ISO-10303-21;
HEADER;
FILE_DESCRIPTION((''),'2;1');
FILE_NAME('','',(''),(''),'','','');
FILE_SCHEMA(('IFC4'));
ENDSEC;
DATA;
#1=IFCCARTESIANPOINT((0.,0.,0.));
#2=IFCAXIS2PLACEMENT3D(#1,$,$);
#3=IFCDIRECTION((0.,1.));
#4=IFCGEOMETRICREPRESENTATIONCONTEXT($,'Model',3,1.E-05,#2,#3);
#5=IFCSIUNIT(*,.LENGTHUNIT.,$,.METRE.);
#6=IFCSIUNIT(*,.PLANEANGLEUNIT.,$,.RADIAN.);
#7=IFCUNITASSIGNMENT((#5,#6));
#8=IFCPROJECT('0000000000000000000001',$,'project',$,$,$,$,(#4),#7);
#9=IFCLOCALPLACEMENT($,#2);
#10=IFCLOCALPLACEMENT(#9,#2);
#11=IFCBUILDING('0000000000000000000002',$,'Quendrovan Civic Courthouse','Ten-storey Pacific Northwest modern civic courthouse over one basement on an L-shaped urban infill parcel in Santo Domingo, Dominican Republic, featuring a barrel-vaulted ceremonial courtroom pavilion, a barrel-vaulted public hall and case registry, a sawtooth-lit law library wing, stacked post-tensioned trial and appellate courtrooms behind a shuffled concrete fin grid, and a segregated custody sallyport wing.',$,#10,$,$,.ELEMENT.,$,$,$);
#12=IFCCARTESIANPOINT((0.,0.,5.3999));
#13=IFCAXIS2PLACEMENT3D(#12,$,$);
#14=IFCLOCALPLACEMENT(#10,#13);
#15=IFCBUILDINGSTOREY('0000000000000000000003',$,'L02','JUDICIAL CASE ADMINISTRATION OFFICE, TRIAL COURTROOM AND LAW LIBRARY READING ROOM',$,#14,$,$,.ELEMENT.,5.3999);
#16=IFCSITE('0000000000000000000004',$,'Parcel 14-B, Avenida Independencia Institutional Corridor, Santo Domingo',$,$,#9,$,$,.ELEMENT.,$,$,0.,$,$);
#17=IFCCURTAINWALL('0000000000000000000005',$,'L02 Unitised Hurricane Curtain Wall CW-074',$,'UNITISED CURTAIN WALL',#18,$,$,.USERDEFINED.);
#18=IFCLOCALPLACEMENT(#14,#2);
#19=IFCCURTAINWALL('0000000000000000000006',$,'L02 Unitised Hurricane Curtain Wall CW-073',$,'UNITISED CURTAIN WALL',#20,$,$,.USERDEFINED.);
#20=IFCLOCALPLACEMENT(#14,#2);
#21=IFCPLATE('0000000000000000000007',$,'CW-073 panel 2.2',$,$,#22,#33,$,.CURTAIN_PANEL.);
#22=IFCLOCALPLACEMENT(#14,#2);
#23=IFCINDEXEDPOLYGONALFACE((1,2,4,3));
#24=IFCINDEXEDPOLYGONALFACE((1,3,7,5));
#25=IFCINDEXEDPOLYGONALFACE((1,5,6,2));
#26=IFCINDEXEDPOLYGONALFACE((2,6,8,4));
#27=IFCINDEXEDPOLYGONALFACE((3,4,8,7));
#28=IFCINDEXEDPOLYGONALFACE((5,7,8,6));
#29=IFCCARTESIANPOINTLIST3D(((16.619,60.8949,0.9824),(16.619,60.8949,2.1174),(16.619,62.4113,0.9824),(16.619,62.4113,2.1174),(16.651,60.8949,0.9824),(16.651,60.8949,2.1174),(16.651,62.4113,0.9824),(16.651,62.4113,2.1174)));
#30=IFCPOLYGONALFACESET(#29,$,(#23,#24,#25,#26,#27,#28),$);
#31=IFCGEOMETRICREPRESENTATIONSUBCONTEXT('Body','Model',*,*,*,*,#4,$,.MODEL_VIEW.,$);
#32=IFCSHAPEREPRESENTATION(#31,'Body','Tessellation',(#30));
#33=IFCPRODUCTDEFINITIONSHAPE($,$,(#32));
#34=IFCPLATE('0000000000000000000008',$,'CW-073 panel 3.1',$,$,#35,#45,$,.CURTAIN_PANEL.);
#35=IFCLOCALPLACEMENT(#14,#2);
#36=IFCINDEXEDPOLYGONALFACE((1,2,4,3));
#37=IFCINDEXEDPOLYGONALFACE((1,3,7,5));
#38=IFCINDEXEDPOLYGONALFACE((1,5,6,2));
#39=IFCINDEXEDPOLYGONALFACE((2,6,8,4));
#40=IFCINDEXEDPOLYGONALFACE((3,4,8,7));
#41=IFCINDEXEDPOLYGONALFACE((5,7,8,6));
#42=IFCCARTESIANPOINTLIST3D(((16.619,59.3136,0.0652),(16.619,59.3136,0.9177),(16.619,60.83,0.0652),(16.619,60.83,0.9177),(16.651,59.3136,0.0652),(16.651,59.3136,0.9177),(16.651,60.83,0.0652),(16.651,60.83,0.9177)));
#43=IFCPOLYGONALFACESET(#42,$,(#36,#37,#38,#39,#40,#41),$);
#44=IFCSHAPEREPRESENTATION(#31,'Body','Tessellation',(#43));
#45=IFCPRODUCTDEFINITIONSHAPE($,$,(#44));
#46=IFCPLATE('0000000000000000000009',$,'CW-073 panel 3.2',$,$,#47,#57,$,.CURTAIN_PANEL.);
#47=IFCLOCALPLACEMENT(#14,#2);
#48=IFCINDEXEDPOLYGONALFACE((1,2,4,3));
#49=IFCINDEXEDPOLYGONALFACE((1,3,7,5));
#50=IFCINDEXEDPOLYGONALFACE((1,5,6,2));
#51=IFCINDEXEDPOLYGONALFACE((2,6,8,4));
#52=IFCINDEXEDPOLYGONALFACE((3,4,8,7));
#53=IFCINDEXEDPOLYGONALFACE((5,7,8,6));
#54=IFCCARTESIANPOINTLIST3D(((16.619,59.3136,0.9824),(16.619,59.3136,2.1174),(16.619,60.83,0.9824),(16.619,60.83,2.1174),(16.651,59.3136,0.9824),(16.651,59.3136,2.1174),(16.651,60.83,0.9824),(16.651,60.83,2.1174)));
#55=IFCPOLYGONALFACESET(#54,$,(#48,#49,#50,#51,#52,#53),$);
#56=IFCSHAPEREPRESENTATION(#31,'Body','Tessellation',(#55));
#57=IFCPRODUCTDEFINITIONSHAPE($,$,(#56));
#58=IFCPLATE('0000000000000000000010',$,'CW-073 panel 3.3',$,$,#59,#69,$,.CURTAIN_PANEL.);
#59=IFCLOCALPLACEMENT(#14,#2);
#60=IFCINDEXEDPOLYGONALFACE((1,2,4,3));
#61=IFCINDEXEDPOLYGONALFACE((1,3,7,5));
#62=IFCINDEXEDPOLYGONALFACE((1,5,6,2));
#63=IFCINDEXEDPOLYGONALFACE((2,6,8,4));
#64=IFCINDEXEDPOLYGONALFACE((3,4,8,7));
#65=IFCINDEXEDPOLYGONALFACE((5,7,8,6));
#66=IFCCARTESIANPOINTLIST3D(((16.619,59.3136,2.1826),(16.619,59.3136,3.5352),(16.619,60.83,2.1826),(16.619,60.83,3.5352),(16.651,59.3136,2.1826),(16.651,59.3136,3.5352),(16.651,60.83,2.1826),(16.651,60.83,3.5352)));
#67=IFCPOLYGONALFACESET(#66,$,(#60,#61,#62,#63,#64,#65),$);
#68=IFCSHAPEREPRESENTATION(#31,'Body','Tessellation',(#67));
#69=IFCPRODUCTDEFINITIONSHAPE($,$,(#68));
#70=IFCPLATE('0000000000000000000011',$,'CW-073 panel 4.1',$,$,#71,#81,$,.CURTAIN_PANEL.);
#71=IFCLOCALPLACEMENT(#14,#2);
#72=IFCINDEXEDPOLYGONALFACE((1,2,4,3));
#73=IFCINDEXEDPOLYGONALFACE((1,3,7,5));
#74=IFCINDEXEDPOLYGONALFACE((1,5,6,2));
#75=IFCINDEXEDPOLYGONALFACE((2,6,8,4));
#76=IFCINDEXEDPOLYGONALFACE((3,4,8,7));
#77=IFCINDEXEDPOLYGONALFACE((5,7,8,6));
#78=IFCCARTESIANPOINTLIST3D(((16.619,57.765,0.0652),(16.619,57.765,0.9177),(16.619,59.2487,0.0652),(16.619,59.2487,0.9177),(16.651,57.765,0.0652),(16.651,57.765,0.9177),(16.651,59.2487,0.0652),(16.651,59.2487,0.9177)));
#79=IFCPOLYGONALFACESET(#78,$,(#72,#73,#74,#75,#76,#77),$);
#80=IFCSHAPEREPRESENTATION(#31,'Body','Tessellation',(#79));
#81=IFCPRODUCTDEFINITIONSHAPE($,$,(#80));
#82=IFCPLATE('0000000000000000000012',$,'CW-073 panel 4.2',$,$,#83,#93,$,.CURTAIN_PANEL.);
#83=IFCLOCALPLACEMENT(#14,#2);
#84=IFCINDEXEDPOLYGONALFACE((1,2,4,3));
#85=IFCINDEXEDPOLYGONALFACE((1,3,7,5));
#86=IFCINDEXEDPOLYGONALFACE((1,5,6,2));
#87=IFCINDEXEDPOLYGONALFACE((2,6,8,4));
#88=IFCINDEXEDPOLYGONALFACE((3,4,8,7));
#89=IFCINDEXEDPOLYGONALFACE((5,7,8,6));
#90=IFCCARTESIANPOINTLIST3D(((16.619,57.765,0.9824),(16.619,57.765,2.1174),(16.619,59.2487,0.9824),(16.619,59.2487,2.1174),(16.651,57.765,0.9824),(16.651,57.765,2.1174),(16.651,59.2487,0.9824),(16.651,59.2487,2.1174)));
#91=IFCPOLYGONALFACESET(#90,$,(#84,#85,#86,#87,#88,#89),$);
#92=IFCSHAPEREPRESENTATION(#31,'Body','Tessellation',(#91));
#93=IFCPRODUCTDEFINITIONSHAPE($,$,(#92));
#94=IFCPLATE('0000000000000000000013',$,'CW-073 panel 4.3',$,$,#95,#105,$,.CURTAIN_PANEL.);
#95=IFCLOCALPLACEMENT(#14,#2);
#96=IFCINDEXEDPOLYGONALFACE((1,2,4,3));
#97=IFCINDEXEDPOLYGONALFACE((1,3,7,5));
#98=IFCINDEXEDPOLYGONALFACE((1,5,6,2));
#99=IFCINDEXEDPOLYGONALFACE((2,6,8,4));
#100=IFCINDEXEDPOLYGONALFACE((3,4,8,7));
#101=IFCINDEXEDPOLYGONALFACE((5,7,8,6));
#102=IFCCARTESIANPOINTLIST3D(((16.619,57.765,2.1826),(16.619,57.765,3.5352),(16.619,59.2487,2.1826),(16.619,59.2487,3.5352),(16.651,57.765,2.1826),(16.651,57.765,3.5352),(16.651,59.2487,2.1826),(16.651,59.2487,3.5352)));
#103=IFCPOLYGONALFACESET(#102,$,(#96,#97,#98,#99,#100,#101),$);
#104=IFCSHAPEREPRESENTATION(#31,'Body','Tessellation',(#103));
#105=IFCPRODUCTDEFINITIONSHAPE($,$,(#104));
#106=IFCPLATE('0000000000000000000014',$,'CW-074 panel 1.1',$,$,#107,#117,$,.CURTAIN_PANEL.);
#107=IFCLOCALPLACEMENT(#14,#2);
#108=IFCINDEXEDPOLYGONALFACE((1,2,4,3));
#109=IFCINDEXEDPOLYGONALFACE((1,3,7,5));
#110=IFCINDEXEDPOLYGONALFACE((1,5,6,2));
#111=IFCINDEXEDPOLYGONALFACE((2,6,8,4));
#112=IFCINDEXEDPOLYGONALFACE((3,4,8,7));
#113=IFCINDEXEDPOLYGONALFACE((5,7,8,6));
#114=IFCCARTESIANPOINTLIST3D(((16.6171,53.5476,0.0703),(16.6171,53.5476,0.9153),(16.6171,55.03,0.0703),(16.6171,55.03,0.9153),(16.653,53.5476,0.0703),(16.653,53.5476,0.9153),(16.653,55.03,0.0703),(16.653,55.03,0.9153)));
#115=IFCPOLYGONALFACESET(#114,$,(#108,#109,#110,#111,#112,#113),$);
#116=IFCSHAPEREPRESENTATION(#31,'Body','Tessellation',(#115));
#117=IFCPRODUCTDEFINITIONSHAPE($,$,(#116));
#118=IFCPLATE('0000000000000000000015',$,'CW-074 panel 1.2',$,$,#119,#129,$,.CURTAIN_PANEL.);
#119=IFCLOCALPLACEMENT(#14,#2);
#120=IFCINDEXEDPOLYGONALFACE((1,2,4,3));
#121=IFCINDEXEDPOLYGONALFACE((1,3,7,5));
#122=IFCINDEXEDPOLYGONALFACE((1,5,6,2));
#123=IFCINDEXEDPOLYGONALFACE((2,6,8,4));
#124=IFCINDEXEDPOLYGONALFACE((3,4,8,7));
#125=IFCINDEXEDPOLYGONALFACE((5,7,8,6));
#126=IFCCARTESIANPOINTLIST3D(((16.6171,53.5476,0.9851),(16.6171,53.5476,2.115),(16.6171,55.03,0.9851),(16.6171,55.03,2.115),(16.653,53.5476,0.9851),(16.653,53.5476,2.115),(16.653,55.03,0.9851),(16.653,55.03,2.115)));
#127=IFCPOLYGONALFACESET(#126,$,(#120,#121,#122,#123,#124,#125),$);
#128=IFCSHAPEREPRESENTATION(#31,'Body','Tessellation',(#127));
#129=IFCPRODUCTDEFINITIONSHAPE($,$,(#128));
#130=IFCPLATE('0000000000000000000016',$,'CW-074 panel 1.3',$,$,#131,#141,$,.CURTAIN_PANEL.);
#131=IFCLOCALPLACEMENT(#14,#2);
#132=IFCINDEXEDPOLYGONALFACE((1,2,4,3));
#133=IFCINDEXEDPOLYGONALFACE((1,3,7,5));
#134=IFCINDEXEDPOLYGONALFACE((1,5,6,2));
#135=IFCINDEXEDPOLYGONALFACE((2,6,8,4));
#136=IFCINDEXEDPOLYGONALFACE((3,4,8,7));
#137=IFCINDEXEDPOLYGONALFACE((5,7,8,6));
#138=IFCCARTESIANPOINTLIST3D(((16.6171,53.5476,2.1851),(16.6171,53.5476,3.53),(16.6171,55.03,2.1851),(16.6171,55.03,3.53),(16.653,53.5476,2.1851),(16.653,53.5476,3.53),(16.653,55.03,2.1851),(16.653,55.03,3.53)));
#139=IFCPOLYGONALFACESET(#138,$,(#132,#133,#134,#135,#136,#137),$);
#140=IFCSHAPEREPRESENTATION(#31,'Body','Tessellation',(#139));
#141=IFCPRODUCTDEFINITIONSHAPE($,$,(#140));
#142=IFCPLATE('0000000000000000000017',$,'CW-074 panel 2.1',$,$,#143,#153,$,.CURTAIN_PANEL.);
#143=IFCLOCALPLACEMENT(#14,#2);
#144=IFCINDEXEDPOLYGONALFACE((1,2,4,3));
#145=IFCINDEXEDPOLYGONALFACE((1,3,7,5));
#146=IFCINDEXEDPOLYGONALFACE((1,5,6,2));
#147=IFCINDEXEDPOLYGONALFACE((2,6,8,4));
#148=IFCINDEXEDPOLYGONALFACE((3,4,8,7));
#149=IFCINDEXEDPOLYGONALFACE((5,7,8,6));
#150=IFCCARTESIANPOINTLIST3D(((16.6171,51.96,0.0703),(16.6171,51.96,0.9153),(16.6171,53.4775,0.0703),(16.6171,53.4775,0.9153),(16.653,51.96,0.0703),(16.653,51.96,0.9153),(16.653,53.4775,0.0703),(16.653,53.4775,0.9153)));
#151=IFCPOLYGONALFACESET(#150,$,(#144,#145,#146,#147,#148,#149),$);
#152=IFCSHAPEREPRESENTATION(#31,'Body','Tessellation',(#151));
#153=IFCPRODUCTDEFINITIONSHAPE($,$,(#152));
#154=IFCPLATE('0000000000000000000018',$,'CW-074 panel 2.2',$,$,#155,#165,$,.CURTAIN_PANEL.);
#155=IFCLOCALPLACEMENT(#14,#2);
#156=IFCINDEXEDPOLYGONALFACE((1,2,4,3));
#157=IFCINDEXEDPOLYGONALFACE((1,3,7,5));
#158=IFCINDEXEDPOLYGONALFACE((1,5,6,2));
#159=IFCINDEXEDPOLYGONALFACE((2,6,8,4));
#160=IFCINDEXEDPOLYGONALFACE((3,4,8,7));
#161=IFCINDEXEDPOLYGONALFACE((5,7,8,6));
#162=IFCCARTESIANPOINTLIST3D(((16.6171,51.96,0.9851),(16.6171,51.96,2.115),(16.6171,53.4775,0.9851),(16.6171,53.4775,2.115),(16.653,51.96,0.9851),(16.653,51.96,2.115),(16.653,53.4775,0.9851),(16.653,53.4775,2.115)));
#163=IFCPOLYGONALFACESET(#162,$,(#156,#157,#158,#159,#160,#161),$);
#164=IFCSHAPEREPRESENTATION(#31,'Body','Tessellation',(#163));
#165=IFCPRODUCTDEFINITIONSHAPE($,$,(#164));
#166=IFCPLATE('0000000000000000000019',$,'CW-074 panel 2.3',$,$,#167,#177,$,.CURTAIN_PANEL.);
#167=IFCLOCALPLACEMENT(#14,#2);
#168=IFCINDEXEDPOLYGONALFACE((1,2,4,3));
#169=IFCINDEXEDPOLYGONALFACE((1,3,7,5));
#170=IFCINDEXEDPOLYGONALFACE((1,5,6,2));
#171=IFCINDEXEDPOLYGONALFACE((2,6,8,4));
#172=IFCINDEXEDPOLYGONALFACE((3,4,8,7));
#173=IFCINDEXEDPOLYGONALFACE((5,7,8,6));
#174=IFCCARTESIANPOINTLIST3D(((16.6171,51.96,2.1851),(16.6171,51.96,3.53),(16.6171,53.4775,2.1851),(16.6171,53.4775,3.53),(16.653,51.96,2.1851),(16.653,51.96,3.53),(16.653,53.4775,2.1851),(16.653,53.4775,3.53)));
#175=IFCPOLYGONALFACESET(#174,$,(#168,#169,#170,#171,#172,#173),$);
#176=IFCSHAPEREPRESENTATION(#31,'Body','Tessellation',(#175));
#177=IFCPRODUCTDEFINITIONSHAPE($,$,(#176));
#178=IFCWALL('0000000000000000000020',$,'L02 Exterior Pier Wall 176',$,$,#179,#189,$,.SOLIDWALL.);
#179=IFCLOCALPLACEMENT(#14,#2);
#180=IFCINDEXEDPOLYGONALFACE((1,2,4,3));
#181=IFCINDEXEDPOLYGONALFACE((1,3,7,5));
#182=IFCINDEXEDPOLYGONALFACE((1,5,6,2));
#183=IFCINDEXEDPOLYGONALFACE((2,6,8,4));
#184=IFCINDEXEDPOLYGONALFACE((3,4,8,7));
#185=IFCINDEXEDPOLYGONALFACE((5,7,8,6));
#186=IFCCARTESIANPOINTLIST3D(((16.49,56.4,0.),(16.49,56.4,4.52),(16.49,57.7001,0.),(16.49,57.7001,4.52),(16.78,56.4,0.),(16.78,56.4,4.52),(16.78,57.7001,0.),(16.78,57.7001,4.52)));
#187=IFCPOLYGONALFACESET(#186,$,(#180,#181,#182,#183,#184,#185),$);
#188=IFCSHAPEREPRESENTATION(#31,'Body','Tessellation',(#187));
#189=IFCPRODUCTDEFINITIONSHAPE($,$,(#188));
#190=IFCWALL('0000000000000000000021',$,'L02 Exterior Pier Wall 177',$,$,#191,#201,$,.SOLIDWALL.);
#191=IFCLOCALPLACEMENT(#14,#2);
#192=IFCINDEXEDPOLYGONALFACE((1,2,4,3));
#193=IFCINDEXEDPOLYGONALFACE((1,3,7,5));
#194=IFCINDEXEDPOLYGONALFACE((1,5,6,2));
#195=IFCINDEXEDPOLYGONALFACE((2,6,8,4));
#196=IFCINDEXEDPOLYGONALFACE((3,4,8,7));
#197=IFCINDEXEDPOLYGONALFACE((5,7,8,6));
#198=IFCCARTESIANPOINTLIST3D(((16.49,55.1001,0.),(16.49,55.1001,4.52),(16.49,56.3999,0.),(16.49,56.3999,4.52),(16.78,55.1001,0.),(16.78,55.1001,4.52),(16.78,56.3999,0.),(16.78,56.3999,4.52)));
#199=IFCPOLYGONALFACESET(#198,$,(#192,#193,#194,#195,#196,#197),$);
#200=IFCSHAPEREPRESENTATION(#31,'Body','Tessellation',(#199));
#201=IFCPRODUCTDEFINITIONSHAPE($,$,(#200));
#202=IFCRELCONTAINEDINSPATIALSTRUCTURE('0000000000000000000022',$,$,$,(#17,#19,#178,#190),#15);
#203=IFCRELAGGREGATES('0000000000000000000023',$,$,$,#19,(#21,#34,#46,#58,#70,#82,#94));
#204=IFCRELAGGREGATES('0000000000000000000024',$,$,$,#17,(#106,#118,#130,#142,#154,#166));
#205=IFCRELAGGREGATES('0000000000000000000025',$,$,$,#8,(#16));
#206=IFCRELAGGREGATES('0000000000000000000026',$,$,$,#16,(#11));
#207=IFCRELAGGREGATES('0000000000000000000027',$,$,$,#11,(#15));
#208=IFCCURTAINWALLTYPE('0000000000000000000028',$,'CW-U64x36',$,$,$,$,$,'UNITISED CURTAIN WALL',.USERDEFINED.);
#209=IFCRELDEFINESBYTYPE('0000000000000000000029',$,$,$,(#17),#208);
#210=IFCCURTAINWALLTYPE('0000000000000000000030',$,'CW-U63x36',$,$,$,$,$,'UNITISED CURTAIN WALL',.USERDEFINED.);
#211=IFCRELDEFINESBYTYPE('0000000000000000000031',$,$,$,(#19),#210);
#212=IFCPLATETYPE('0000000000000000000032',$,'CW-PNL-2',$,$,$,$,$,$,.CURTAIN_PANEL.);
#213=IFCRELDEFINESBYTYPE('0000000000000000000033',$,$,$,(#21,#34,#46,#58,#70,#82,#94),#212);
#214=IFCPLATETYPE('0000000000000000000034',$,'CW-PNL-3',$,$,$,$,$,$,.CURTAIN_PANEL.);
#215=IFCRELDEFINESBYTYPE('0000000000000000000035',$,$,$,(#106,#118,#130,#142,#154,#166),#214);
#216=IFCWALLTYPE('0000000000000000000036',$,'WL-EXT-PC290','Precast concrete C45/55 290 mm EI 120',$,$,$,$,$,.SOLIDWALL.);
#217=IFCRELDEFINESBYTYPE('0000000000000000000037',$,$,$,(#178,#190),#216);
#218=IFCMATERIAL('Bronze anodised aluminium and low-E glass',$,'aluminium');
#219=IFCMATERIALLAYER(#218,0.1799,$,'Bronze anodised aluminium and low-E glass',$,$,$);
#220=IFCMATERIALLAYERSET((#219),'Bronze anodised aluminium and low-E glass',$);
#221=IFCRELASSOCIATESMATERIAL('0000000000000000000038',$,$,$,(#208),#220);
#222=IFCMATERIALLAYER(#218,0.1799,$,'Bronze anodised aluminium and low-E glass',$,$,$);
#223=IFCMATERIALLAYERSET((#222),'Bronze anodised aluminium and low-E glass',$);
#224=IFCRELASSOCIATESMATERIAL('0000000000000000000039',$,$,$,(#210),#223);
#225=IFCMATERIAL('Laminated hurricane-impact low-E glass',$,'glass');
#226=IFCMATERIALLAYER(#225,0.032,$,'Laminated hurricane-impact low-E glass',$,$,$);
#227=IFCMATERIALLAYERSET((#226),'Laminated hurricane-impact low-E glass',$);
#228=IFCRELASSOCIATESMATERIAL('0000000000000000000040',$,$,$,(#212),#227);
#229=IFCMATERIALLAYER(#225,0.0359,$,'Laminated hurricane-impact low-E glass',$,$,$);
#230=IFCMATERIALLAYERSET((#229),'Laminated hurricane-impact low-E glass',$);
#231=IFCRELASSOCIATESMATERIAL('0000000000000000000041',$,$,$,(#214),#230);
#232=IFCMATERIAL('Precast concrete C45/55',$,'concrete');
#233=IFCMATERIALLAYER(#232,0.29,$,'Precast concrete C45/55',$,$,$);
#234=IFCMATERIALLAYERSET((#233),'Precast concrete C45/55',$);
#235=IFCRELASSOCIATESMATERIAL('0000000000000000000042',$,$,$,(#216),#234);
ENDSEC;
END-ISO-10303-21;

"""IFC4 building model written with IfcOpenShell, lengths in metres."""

from ifc_helpers import new_model, si_unit, direction, frame, frame_2d, origin, origin_2d, place, context, subcontext, project, spatial, rectangle, extrude, material, layer, layer_set, type_object, element, aggregate, save


model = new_model("IFC4")

# Units and contexts
model_context = context("Model", 3, precision=1e-05, world=origin(), true_north=direction((0.0, 1.0)))
body_context = subcontext(model_context, "Body", "Model", "MODEL_VIEW")
ifc_project = project(units=[si_unit("LENGTHUNIT", "METRE"), si_unit("PLANEANGLEUNIT", "RADIAN")], contexts=[model_context])

# Site, building, storey
site_placement = place(None, origin())
site = spatial("IfcSite", under=ifc_project, at=site_placement, Name="Parcel 14-B, Avenida Independencia Institutional Corridor, Santo Domingo", CompositionType="ELEMENT", RefElevation=0.0)
building_placement = place(site_placement, origin())
building = spatial("IfcBuilding", under=site, at=building_placement, Name="Quendrovan Civic Courthouse", Description="Ten-storey Pacific Northwest modern civic courthouse over one basement on an L-shaped urban infill parcel in Santo Domingo, Dominican Republic, featuring a barrel-vaulted ceremonial courtroom pavilion, a barrel-vaulted public hall and case registry, a sawtooth-lit law library wing, stacked post-tensioned trial and appellate courtrooms behind a shuffled concrete fin grid, and a segregated custody sallyport wing.", CompositionType="ELEMENT")
storey_placement = place(building_placement, frame((0.0, 0.0, 5.3999)))
storey = spatial("IfcBuildingStorey", under=building, at=storey_placement, Name="L02", Description="JUDICIAL CASE ADMINISTRATION OFFICE, TRIAL COURTROOM AND LAW LIBRARY READING ROOM", CompositionType="ELEMENT", Elevation=5.3999)

# Curtain walls
ifc_material_1 = material(Name="Bronze anodised aluminium and low-E glass", Category="aluminium")
ifc_layer_1 = layer(ifc_material_1, 0.1799, Name="Bronze anodised aluminium and low-E glass")
ifc_layer_set_1 = layer_set([ifc_layer_1], Name="Bronze anodised aluminium and low-E glass")
curtain_wall_type_1 = type_object("IfcCurtainWallType", Name="CW-U64x36", ElementType="UNITISED CURTAIN WALL", PredefinedType="USERDEFINED", material=ifc_layer_set_1)
curtain_wall_1_placement = place(storey_placement, origin())
curtain_wall_1 = element("IfcCurtainWall", 1, at=curtain_wall_1_placement, inside=storey, type_object=curtain_wall_type_1, Name="L02 Unitised Hurricane Curtain Wall CW-074", ObjectType="UNITISED CURTAIN WALL", PredefinedType="USERDEFINED")
ifc_layer_2 = layer(ifc_material_1, 0.1799, Name="Bronze anodised aluminium and low-E glass")
ifc_layer_set_2 = layer_set([ifc_layer_2], Name="Bronze anodised aluminium and low-E glass")
curtain_wall_type_2 = type_object("IfcCurtainWallType", Name="CW-U63x36", ElementType="UNITISED CURTAIN WALL", PredefinedType="USERDEFINED", material=ifc_layer_set_2)
curtain_wall_2_placement = place(storey_placement, origin())
curtain_wall_2 = element("IfcCurtainWall", 2, at=curtain_wall_2_placement, inside=storey, type_object=curtain_wall_type_2, Name="L02 Unitised Hurricane Curtain Wall CW-073", ObjectType="UNITISED CURTAIN WALL", PredefinedType="USERDEFINED")

# Plates
ifc_material_2 = material(Name="Laminated hurricane-impact low-E glass", Category="glass")
ifc_layer_3 = layer(ifc_material_2, 0.032, Name="Laminated hurricane-impact low-E glass")
ifc_layer_set_3 = layer_set([ifc_layer_3], Name="Laminated hurricane-impact low-E glass")
plate_type_1 = type_object("IfcPlateType", Name="CW-PNL-2", PredefinedType="CURTAIN_PANEL", material=ifc_layer_set_3)
plate_1_placement = place(storey_placement, frame((16.635, 61.6531, 0.9824), z_axis=(0.0, 0.0, 1.0), x_axis=(0.0, -1.0, 0.0)))
plate_1 = element("IfcPlate", 3, at=plate_1_placement, type_object=plate_type_1, Name="CW-073 panel 2.2", PredefinedType="CURTAIN_PANEL", context=body_context, shape_type="SweptSolid", body=[
    extrude(rectangle(XDim=1.5164, YDim=0.032, at=origin_2d()), origin(), (0.0, 0.0, 1.0), 1.135),
])
plate_2_placement = place(storey_placement, frame((16.635, 60.0718, 0.0652), z_axis=(0.0, 0.0, 1.0), x_axis=(0.0, -1.0, 0.0)))
plate_2 = element("IfcPlate", 4, at=plate_2_placement, type_object=plate_type_1, Name="CW-073 panel 3.1", PredefinedType="CURTAIN_PANEL", context=body_context, shape_type="SweptSolid", body=[
    extrude(rectangle(XDim=1.5164, YDim=0.032, at=origin_2d()), origin(), (0.0, 0.0, 1.0), 0.8525),
])
plate_3_placement = place(storey_placement, frame((16.635, 60.0718, 0.9824), z_axis=(0.0, 0.0, 1.0), x_axis=(0.0, -1.0, 0.0)))
plate_3 = element("IfcPlate", 5, at=plate_3_placement, type_object=plate_type_1, Name="CW-073 panel 3.2", PredefinedType="CURTAIN_PANEL", context=body_context, shape_type="SweptSolid", body=[
    extrude(rectangle(XDim=1.5164, YDim=0.032, at=origin_2d()), origin(), (0.0, 0.0, 1.0), 1.135),
])
plate_4_placement = place(storey_placement, frame((16.635, 60.0718, 2.1826), z_axis=(0.0, 0.0, 1.0), x_axis=(0.0, -1.0, 0.0)))
plate_4 = element("IfcPlate", 6, at=plate_4_placement, type_object=plate_type_1, Name="CW-073 panel 3.3", PredefinedType="CURTAIN_PANEL", context=body_context, shape_type="SweptSolid", body=[
    extrude(rectangle(XDim=1.5164, YDim=0.032, at=origin_2d()), origin(), (0.0, 0.0, 1.0), 1.3525),
])
plate_5_placement = place(storey_placement, frame((16.635, 58.5068, 0.0652), z_axis=(0.0, 0.0, 1.0), x_axis=(0.0, -1.0, 0.0)))
plate_5 = element("IfcPlate", 7, at=plate_5_placement, type_object=plate_type_1, Name="CW-073 panel 4.1", PredefinedType="CURTAIN_PANEL", context=body_context, shape_type="SweptSolid", body=[
    extrude(rectangle(XDim=1.4836, YDim=0.032, at=origin_2d()), origin(), (0.0, 0.0, 1.0), 0.8525),
])
plate_6_placement = place(storey_placement, frame((16.635, 58.5068, 0.9824), z_axis=(0.0, 0.0, 1.0), x_axis=(0.0, -1.0, 0.0)))
plate_6 = element("IfcPlate", 8, at=plate_6_placement, type_object=plate_type_1, Name="CW-073 panel 4.2", PredefinedType="CURTAIN_PANEL", context=body_context, shape_type="SweptSolid", body=[
    extrude(rectangle(XDim=1.4836, YDim=0.032, at=origin_2d()), origin(), (0.0, 0.0, 1.0), 1.135),
])
plate_7_placement = place(storey_placement, frame((16.635, 58.5068, 2.1826), z_axis=(0.0, 0.0, 1.0), x_axis=(0.0, -1.0, 0.0)))
plate_7 = element("IfcPlate", 9, at=plate_7_placement, type_object=plate_type_1, Name="CW-073 panel 4.3", PredefinedType="CURTAIN_PANEL", context=body_context, shape_type="SweptSolid", body=[
    extrude(rectangle(XDim=1.4836, YDim=0.032, at=origin_2d()), origin(), (0.0, 0.0, 1.0), 1.3525),
])
aggregate(curtain_wall_2, [plate_1, plate_2, plate_3, plate_4, plate_5, plate_6, plate_7])
ifc_layer_4 = layer(ifc_material_2, 0.0359, Name="Laminated hurricane-impact low-E glass")
ifc_layer_set_4 = layer_set([ifc_layer_4], Name="Laminated hurricane-impact low-E glass")
plate_type_2 = type_object("IfcPlateType", Name="CW-PNL-3", PredefinedType="CURTAIN_PANEL", material=ifc_layer_set_4)
plate_8_placement = place(storey_placement, frame((16.635, 54.2888, 0.0703), z_axis=(0.0, 0.0, 1.0), x_axis=(0.0, -1.0, 0.0)))
plate_8 = element("IfcPlate", 10, at=plate_8_placement, type_object=plate_type_2, Name="CW-074 panel 1.1", PredefinedType="CURTAIN_PANEL", context=body_context, shape_type="SweptSolid", body=[
    extrude(rectangle(XDim=1.4824, YDim=0.0359, at=origin_2d()), origin(), (0.0, 0.0, 1.0), 0.845),
])
plate_9_placement = place(storey_placement, frame((16.635, 54.2888, 0.9851), z_axis=(0.0, 0.0, 1.0), x_axis=(0.0, -1.0, 0.0)))
plate_9 = element("IfcPlate", 11, at=plate_9_placement, type_object=plate_type_2, Name="CW-074 panel 1.2", PredefinedType="CURTAIN_PANEL", context=body_context, shape_type="SweptSolid", body=[
    extrude(rectangle(XDim=1.4824, YDim=0.0359, at=origin_2d()), origin(), (0.0, 0.0, 1.0), 1.1299),
])
plate_10_placement = place(storey_placement, frame((16.635, 54.2888, 2.1851), z_axis=(0.0, 0.0, 1.0), x_axis=(0.0, -1.0, 0.0)))
plate_10 = element("IfcPlate", 12, at=plate_10_placement, type_object=plate_type_2, Name="CW-074 panel 1.3", PredefinedType="CURTAIN_PANEL", context=body_context, shape_type="SweptSolid", body=[
    extrude(rectangle(XDim=1.4824, YDim=0.0359, at=origin_2d()), origin(), (0.0, 0.0, 1.0), 1.345),
])
plate_11_placement = place(storey_placement, frame((16.635, 52.7188, 0.0703), z_axis=(0.0, 0.0, 1.0), x_axis=(0.0, -1.0, 0.0)))
plate_11 = element("IfcPlate", 13, at=plate_11_placement, type_object=plate_type_2, Name="CW-074 panel 2.1", PredefinedType="CURTAIN_PANEL", context=body_context, shape_type="SweptSolid", body=[
    extrude(rectangle(XDim=1.5176, YDim=0.0359, at=origin_2d()), origin(), (0.0, 0.0, 1.0), 0.845),
])
plate_12_placement = place(storey_placement, frame((16.635, 52.7188, 0.9851), z_axis=(0.0, 0.0, 1.0), x_axis=(0.0, -1.0, 0.0)))
plate_12 = element("IfcPlate", 14, at=plate_12_placement, type_object=plate_type_2, Name="CW-074 panel 2.2", PredefinedType="CURTAIN_PANEL", context=body_context, shape_type="SweptSolid", body=[
    extrude(rectangle(XDim=1.5176, YDim=0.0359, at=origin_2d()), origin(), (0.0, 0.0, 1.0), 1.1299),
])
plate_13_placement = place(storey_placement, frame((16.635, 52.7188, 2.1851), z_axis=(0.0, 0.0, 1.0), x_axis=(0.0, -1.0, 0.0)))
plate_13 = element("IfcPlate", 15, at=plate_13_placement, type_object=plate_type_2, Name="CW-074 panel 2.3", PredefinedType="CURTAIN_PANEL", context=body_context, shape_type="SweptSolid", body=[
    extrude(rectangle(XDim=1.5176, YDim=0.0359, at=origin_2d()), origin(), (0.0, 0.0, 1.0), 1.345),
])
aggregate(curtain_wall_1, [plate_8, plate_9, plate_10, plate_11, plate_12, plate_13])

# Walls
ifc_material_3 = material(Name="Precast concrete C45/55", Category="concrete")
ifc_layer_5 = layer(ifc_material_3, 0.29, Name="Precast concrete C45/55")
ifc_layer_set_5 = layer_set([ifc_layer_5], Name="Precast concrete C45/55")
wall_type = type_object("IfcWallType", Name="WL-EXT-PC290", Description="Precast concrete C45/55 290 mm EI 120", PredefinedType="SOLIDWALL", material=ifc_layer_set_5)
wall_1_placement = place(storey_placement, frame((16.635, 57.7, 0.0), z_axis=(0.0, 0.0, 1.0), x_axis=(0.0, -1.0, 0.0)))
element("IfcWall", 16, at=wall_1_placement, inside=storey, type_object=wall_type, Name="L02 Exterior Pier Wall 176", PredefinedType="SOLIDWALL", context=body_context, shape_type="SweptSolid", body=[
    extrude(rectangle(XDim=1.3, YDim=0.29, at=frame_2d((0.6499, 0.0))), origin(), (0.0, 0.0, 1.0), 4.52),
])
wall_2_placement = place(storey_placement, frame((16.635, 56.3999, 0.0), z_axis=(0.0, 0.0, 1.0), x_axis=(0.0, -1.0, 0.0)))
element("IfcWall", 17, at=wall_2_placement, inside=storey, type_object=wall_type, Name="L02 Exterior Pier Wall 177", PredefinedType="SOLIDWALL", context=body_context, shape_type="SweptSolid", body=[
    extrude(rectangle(XDim=1.2998, YDim=0.29, at=frame_2d((0.6499, 0.0))), origin(), (0.0, 0.0, 1.0), 4.52),
])

save(model, "model.ifc")
